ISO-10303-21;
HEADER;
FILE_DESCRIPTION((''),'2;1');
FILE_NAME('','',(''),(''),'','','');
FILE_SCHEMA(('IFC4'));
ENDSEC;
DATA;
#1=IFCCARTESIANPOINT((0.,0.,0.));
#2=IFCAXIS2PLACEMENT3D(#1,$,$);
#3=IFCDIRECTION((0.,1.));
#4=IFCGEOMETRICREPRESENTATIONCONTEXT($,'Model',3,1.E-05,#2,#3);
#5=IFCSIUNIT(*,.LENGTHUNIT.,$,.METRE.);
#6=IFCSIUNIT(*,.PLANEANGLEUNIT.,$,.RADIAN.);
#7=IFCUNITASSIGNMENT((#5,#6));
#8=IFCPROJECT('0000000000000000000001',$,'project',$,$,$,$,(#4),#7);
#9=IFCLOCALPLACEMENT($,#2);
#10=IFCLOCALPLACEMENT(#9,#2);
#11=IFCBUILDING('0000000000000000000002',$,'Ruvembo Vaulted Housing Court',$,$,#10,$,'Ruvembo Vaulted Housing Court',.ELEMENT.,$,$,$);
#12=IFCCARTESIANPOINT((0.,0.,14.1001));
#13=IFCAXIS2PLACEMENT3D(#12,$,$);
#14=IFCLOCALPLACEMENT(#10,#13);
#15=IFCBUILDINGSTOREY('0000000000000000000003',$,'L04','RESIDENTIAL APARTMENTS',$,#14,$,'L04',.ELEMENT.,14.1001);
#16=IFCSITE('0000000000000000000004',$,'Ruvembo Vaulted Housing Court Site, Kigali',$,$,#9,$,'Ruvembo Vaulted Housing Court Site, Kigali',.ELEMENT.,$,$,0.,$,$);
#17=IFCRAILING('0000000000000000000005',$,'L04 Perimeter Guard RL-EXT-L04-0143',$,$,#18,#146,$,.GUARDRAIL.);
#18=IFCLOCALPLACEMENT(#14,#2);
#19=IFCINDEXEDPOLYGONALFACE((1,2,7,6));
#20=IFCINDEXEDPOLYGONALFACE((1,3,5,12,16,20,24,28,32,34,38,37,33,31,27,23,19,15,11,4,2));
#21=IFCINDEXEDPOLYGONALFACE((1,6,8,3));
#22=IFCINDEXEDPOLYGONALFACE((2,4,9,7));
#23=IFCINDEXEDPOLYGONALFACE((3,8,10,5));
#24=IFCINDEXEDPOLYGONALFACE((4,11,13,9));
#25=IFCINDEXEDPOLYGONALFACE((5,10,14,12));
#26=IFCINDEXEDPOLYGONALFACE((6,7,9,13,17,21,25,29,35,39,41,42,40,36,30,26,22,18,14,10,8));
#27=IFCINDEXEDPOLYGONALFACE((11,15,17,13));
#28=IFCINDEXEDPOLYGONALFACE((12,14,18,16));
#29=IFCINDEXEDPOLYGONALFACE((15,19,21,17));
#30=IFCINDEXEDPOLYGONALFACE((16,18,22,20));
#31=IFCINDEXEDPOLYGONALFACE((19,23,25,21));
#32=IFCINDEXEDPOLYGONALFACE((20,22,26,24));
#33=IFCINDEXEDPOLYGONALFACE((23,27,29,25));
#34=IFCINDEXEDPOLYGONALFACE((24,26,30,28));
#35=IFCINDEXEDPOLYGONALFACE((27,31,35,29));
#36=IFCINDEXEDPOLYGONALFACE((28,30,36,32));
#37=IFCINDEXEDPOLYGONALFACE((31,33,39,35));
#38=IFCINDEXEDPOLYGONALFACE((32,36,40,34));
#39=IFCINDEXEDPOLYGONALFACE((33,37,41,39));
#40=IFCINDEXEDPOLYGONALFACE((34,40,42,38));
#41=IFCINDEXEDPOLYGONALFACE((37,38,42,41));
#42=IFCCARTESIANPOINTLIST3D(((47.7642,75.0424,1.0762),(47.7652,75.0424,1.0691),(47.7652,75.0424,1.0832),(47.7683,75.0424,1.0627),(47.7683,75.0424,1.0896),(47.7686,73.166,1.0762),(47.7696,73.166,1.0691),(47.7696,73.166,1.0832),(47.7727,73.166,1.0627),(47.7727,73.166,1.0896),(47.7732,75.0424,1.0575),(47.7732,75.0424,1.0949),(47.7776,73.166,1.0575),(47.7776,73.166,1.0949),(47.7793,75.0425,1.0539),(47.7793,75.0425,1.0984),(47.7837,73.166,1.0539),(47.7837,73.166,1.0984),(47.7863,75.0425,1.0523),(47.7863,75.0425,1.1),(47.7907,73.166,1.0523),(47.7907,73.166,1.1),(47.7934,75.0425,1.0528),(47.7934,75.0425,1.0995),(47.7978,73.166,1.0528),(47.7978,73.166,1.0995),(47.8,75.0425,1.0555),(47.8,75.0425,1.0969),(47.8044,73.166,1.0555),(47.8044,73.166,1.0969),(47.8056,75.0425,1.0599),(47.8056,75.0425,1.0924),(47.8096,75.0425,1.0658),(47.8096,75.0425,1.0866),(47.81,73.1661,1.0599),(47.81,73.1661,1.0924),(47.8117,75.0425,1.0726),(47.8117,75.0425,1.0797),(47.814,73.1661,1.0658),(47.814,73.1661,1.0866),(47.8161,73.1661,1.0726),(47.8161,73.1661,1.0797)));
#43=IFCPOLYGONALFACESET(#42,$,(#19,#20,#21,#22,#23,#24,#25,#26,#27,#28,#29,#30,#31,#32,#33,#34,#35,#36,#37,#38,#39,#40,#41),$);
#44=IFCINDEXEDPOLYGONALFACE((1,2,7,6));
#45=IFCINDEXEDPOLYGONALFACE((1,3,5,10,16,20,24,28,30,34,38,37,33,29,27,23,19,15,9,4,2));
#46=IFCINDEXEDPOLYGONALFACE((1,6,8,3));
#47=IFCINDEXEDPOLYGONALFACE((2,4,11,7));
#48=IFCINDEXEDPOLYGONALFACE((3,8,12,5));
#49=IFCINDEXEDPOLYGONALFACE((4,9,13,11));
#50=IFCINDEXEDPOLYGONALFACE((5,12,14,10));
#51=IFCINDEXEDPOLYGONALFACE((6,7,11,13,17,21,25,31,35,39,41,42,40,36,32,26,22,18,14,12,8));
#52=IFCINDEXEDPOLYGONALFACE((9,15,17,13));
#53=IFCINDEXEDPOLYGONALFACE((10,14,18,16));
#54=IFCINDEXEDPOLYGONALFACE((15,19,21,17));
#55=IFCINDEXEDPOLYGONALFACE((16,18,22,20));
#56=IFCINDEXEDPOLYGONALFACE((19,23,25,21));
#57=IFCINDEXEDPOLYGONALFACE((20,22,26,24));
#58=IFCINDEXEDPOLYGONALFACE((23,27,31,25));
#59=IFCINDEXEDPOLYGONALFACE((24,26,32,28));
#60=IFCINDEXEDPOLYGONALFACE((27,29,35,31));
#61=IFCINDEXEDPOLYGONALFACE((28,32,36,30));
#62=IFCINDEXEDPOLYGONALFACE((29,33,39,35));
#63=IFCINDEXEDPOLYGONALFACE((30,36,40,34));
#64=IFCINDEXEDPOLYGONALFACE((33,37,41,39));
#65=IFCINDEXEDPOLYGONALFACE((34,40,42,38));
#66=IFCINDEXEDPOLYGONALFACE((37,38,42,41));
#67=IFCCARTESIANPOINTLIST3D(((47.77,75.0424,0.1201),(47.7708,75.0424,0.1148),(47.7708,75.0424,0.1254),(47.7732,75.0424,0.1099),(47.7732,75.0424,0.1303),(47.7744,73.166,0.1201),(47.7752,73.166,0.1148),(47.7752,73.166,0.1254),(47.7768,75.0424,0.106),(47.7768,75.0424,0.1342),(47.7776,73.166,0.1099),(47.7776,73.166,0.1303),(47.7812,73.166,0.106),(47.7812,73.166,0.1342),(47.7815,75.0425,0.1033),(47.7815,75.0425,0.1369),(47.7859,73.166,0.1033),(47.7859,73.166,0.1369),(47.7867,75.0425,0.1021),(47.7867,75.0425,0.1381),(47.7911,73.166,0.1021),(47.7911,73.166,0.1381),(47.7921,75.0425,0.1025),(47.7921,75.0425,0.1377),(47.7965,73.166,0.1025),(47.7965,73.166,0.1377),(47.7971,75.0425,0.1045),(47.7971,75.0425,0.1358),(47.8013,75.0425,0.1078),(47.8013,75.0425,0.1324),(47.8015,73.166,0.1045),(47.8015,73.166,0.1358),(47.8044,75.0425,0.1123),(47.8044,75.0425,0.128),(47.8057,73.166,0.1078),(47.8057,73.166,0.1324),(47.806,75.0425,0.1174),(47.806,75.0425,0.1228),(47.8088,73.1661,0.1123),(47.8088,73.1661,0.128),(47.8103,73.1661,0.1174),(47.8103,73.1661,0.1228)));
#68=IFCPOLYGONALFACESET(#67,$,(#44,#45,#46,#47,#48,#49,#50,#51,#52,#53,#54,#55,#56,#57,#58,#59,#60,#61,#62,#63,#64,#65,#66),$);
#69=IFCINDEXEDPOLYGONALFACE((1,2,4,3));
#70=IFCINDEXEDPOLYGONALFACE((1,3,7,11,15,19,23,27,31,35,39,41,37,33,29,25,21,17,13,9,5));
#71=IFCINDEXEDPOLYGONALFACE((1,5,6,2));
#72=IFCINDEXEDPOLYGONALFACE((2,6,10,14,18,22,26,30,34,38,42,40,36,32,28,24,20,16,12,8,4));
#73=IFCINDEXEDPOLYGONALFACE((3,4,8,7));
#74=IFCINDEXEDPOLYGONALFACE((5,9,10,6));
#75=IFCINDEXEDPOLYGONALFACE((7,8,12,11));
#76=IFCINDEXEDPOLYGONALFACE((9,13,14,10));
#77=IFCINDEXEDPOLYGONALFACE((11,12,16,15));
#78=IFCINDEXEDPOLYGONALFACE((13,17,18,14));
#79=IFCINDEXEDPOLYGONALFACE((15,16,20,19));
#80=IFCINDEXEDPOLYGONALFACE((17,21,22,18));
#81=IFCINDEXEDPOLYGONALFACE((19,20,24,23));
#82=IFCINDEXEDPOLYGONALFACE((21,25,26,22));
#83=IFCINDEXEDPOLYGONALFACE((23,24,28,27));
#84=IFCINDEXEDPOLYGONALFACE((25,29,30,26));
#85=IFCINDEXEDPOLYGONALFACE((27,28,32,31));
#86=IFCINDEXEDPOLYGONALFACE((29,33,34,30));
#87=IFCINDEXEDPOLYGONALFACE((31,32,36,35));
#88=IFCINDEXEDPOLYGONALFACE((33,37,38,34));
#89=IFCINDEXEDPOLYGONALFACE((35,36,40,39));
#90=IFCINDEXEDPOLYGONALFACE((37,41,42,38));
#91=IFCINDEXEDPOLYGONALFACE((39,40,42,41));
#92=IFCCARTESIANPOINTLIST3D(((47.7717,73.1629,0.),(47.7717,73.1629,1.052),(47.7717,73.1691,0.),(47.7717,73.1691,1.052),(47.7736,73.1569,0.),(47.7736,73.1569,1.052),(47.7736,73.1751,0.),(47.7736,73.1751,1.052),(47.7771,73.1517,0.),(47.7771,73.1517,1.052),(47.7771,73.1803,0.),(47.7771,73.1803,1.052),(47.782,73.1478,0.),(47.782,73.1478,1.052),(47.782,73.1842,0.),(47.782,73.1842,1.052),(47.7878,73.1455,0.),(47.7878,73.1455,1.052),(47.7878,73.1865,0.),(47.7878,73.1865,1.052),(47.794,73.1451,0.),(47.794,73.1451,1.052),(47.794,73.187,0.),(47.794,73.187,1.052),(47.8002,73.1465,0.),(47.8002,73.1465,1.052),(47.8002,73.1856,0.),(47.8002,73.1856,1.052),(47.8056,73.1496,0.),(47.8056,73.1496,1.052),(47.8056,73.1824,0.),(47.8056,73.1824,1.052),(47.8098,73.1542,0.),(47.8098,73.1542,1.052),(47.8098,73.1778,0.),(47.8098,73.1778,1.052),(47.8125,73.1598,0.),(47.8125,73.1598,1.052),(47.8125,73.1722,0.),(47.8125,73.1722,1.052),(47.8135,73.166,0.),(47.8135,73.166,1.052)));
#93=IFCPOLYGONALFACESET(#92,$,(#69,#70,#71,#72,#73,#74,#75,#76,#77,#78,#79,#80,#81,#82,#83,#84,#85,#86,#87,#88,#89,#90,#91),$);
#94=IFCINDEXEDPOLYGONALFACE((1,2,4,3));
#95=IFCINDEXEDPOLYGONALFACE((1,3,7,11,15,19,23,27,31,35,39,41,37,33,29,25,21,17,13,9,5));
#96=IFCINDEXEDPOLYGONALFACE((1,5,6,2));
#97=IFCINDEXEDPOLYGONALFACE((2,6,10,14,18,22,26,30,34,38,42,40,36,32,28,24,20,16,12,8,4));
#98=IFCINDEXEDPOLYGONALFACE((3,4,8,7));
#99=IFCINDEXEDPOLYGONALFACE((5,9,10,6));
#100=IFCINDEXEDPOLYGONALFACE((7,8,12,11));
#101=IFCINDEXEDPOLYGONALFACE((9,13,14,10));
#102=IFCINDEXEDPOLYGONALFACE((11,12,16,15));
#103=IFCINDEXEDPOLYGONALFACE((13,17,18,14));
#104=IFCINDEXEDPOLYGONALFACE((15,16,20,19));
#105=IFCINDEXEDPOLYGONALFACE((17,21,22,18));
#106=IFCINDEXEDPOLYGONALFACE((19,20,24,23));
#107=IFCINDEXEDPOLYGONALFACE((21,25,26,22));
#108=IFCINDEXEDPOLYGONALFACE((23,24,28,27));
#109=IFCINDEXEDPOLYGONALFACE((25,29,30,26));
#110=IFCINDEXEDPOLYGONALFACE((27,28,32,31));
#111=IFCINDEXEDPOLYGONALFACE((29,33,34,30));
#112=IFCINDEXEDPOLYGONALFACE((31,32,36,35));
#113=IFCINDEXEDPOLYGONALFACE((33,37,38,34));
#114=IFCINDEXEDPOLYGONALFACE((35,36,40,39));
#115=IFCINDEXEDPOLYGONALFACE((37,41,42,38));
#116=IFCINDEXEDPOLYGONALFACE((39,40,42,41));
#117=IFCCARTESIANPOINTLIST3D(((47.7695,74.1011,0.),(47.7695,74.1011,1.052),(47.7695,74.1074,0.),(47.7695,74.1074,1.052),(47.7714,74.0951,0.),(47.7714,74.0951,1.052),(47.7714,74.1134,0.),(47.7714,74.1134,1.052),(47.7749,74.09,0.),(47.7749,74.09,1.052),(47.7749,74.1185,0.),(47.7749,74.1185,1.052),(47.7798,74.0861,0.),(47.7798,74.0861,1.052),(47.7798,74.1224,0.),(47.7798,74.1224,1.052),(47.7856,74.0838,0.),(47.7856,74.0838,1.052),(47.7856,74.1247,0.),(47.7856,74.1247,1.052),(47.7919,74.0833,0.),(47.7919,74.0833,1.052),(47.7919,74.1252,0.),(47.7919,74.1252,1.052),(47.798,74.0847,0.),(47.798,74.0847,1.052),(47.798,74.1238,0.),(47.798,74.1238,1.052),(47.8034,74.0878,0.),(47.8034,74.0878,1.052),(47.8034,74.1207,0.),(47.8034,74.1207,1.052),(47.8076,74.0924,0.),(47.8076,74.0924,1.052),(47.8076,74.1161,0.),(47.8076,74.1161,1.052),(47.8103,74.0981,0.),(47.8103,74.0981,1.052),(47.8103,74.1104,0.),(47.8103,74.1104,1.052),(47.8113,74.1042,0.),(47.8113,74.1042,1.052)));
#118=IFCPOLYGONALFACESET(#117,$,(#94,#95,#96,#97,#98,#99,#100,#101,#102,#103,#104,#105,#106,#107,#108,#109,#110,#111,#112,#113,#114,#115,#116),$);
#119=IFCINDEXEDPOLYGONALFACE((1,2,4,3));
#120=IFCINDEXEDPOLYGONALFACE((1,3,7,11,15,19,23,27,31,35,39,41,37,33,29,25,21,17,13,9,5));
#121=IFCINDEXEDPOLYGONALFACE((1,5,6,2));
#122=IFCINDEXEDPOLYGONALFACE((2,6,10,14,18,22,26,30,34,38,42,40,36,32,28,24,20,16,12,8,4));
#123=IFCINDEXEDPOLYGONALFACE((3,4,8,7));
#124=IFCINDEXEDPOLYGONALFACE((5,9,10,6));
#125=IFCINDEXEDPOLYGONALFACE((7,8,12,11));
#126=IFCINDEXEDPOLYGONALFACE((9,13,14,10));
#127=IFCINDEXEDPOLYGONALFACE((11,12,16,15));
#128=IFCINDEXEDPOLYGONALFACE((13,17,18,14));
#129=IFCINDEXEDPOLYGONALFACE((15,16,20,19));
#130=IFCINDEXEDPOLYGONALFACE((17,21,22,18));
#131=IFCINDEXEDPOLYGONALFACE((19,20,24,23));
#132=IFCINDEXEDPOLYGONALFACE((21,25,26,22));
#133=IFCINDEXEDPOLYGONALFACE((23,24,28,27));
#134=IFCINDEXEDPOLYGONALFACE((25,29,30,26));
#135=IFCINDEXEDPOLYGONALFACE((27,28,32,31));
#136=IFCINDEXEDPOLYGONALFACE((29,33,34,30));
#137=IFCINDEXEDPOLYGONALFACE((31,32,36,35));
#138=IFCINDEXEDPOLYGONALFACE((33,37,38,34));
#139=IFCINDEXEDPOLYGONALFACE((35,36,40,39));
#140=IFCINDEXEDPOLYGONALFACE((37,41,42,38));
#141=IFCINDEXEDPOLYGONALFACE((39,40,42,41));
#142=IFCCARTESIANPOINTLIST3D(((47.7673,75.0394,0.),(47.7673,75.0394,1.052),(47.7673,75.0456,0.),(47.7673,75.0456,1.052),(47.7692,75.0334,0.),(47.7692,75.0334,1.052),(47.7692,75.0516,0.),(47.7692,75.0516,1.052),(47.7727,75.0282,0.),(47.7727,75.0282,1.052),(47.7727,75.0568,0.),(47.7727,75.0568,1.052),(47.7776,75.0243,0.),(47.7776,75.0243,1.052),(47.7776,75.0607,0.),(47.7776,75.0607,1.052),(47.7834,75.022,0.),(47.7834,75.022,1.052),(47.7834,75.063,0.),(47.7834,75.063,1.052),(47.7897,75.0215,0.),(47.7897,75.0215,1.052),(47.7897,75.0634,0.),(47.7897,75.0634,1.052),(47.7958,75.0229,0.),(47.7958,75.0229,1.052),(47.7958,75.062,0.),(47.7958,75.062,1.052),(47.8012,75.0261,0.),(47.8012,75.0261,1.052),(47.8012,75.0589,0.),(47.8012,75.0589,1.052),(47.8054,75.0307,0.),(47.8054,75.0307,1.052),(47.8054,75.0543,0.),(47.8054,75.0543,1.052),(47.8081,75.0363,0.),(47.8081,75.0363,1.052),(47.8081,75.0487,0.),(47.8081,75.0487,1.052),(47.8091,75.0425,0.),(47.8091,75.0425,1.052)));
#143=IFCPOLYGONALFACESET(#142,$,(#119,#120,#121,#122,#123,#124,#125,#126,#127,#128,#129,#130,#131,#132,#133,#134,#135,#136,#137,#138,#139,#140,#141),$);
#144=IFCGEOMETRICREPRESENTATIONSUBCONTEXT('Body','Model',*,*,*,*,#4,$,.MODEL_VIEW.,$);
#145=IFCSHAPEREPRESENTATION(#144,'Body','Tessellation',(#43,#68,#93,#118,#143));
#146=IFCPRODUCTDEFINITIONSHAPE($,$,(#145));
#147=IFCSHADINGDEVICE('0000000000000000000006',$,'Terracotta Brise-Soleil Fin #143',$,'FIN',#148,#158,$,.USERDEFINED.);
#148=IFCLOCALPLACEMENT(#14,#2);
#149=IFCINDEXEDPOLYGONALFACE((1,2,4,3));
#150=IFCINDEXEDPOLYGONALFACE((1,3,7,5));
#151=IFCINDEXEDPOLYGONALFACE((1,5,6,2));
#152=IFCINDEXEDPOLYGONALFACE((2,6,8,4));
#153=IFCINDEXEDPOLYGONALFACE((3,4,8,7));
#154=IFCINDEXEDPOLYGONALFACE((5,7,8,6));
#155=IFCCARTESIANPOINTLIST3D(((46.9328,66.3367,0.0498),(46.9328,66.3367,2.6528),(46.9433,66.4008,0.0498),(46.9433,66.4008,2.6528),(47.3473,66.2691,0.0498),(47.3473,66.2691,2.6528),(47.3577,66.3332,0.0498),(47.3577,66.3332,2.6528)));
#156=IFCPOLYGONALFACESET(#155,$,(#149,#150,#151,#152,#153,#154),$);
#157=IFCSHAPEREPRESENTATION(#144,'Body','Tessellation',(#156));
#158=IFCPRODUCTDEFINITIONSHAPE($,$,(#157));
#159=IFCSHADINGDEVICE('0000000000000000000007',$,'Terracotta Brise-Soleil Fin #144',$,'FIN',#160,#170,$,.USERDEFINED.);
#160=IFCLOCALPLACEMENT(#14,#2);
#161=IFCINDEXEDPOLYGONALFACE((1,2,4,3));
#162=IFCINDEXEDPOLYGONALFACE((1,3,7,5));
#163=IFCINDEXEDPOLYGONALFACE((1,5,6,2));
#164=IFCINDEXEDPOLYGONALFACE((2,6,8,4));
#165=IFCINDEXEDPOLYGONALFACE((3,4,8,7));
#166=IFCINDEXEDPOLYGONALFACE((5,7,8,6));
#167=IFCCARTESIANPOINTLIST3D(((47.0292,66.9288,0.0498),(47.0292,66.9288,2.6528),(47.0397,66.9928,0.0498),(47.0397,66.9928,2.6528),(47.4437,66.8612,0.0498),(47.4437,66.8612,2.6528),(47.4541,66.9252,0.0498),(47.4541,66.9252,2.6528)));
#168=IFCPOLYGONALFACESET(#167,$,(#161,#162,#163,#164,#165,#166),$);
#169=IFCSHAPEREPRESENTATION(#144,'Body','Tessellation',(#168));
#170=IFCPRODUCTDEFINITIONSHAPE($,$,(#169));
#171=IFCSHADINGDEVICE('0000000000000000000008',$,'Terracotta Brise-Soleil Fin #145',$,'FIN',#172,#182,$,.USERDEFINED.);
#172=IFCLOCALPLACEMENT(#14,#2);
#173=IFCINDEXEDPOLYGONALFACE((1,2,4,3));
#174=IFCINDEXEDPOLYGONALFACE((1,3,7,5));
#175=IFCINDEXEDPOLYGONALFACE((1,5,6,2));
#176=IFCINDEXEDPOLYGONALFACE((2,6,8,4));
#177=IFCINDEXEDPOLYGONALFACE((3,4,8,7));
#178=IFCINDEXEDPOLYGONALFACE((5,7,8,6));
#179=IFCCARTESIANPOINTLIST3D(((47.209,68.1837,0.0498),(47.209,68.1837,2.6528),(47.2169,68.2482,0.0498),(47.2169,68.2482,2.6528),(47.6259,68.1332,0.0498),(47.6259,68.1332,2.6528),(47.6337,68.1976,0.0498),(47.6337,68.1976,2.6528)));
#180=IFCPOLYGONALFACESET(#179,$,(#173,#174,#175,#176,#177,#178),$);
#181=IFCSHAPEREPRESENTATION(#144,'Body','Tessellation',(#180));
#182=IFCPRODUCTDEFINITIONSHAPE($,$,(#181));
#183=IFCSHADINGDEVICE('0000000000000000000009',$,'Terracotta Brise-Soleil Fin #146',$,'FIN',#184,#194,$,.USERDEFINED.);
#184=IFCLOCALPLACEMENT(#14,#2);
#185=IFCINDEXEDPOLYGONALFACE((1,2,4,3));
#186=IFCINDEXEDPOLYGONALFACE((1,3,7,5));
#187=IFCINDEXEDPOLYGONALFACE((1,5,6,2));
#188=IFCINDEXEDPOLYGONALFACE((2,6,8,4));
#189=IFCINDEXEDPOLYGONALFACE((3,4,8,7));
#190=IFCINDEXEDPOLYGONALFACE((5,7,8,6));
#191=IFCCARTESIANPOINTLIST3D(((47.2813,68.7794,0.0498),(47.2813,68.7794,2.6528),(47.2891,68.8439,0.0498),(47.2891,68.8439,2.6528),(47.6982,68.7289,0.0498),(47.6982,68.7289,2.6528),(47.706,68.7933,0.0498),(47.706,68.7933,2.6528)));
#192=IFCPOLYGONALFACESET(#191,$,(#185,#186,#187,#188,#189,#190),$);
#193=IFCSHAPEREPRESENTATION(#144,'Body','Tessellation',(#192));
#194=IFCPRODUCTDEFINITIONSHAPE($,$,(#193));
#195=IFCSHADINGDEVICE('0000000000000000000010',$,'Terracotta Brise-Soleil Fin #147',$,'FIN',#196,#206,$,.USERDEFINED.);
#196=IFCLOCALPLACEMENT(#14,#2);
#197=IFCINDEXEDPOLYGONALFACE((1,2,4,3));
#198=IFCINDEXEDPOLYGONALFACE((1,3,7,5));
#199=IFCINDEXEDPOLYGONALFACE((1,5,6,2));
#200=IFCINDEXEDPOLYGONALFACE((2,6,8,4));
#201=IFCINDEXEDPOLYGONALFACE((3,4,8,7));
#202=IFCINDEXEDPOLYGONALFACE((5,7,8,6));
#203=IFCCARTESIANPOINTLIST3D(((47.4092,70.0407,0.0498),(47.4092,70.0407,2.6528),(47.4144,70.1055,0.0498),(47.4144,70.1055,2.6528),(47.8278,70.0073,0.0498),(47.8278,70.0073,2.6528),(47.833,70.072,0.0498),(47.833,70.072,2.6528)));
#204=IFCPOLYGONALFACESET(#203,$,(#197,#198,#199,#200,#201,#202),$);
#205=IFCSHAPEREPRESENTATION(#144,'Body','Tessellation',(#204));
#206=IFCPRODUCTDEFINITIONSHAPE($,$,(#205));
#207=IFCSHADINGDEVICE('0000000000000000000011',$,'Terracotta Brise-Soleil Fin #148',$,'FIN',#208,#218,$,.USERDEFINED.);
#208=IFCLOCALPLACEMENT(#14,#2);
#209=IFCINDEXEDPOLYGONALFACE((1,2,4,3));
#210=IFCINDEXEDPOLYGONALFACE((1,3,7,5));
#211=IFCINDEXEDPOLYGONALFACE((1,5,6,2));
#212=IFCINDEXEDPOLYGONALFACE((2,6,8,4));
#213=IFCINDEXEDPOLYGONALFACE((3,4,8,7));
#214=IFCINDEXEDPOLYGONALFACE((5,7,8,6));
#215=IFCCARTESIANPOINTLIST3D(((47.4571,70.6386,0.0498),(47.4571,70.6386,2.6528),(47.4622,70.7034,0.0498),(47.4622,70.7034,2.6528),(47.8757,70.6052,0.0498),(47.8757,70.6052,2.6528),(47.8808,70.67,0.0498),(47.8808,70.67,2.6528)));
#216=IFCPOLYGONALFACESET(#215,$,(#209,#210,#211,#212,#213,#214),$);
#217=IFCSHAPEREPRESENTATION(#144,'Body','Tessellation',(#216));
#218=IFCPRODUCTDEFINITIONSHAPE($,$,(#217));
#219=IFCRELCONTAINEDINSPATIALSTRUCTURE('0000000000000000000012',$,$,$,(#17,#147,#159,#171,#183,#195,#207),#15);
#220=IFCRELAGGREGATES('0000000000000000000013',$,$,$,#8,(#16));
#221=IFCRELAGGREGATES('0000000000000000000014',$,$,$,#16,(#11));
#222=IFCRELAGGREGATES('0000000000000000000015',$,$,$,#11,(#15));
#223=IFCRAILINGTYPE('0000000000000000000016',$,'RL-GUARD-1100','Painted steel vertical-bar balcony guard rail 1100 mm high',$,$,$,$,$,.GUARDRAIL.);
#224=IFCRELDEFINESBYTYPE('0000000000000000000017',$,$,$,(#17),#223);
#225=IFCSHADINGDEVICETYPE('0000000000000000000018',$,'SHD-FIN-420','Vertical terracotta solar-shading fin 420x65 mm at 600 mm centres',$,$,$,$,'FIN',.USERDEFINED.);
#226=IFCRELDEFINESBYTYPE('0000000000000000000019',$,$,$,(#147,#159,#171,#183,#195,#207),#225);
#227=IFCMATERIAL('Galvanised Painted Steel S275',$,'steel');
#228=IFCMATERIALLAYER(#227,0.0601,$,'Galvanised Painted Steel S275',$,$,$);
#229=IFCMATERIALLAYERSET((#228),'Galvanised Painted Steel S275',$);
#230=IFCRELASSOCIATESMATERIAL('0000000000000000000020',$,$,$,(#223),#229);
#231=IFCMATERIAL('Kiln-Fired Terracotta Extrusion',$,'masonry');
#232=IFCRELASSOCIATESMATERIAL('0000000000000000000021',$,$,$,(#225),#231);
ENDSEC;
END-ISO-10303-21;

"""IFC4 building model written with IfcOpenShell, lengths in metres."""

from ifc_helpers import new_model, si_unit, direction, frame, origin, origin_2d, place, context, subcontext, project, spatial, rectangle, circle, extrude, material, layer, layer_set, type_object, element, save


model = new_model("IFC4")

# Units and contexts
model_context = context("Model", 3, precision=1e-05, world=origin(), true_north=direction((0.0, 1.0)))
body_context = subcontext(model_context, "Body", "Model", "MODEL_VIEW")
ifc_project = project(units=[si_unit("LENGTHUNIT", "METRE"), si_unit("PLANEANGLEUNIT", "RADIAN")], contexts=[model_context])

# Site, building, storey
site_placement = place(None, origin())
site = spatial("IfcSite", under=ifc_project, at=site_placement, Name="Ruvembo Vaulted Housing Court Site, Kigali", LongName="Ruvembo Vaulted Housing Court Site, Kigali", CompositionType="ELEMENT", RefElevation=0.0)
building_placement = place(site_placement, origin())
building = spatial("IfcBuilding", under=site, at=building_placement, Name="Ruvembo Vaulted Housing Court", LongName="Ruvembo Vaulted Housing Court", CompositionType="ELEMENT")
storey_placement = place(building_placement, frame((0.0, 0.0, 14.1001)))
storey = spatial("IfcBuildingStorey", under=building, at=storey_placement, Name="L04", Description="RESIDENTIAL APARTMENTS", LongName="L04", CompositionType="ELEMENT", Elevation=14.1001)

# Railing
ifc_material_1 = material(Name="Galvanised Painted Steel S275", Category="steel")
ifc_layer = layer(ifc_material_1, 0.0601, Name="Galvanised Painted Steel S275")
ifc_layer_set = layer_set([ifc_layer], Name="Galvanised Painted Steel S275")
railing_type = type_object("IfcRailingType", Name="RL-GUARD-1100", Description="Painted steel vertical-bar balcony guard rail 1100 mm high", PredefinedType="GUARDRAIL", material=ifc_layer_set)
railing_1_placement = place(storey_placement, frame((47.7925, 73.166, 0.0)))
element("IfcRailing", 1, at=railing_1_placement, inside=storey, type_object=railing_type, Name="L04 Perimeter Guard RL-EXT-L04-0143", PredefinedType="GUARDRAIL", context=body_context, shape_type="SweptSolid", body=[
    extrude(circle(Radius=0.0239, at=origin_2d()), frame((0.0, 0.0, 1.0762), z_axis=(-0.002342, 0.999997, 0.0), x_axis=(-0.999997, -0.002342, 0.0)), (0.0, 0.0, 1.0), 1.8765),
    extrude(circle(Radius=0.0181, at=origin_2d()), frame((0.0, 0.0, 0.1201), z_axis=(-0.002342, 0.999997, 0.0), x_axis=(-0.999997, -0.002342, 0.0)), (0.0, 0.0, 1.0), 1.8765),
    extrude(circle(Radius=0.021, at=origin_2d()), origin(), (0.0, 0.0, 1.0), 1.052),
    extrude(circle(Radius=0.021, at=origin_2d()), frame((-0.0022, 0.9382, 0.0)), (0.0, 0.0, 1.0), 1.052),
    extrude(circle(Radius=0.021, at=origin_2d()), frame((-0.0044, 1.8765, 0.0)), (0.0, 0.0, 1.0), 1.052),
])

# Shading devices
ifc_material_2 = material(Name="Kiln-Fired Terracotta Extrusion", Category="masonry")
shading_device_type = type_object("IfcShadingDeviceType", Name="SHD-FIN-420", Description="Vertical terracotta solar-shading fin 420x65 mm at 600 mm centres", ElementType="FIN", PredefinedType="USERDEFINED", material=ifc_material_2)
for number, where, z_axis, x_axis, name in (
    (2, (47.1453, 66.335, 0.0498), (0.0, 0.0, 1.0), (0.986957, -0.160984, 0.0), "Terracotta Brise-Soleil Fin #143"),
    (3, (47.2417, 66.927, 0.0498), (0.0, 0.0, 1.0), (0.986957, -0.160984, 0.0), "Terracotta Brise-Soleil Fin #144"),
    (4, (47.4214, 68.1907, 0.0498), (0.0, 0.0, 1.0), (0.992734, -0.120327, 0.0), "Terracotta Brise-Soleil Fin #145"),
    (5, (47.4937, 68.7864, 0.0498), (0.0, 0.0, 1.0), (0.992734, -0.120327, 0.0), "Terracotta Brise-Soleil Fin #146"),
    (6, (47.6211, 70.0564, 0.0498), (0.0, 0.0, 1.0), (0.996826, -0.079607, 0.0), "Terracotta Brise-Soleil Fin #147"),
    (7, (47.6689, 70.6543, 0.0498), (0.0, 0.0, 1.0), (0.996826, -0.079607, 0.0), "Terracotta Brise-Soleil Fin #148"),
):
    element("IfcShadingDevice", number, at=place(storey_placement, frame(where, z_axis=z_axis, x_axis=x_axis)), inside=storey, type_object=shading_device_type, Name=name, ObjectType="FIN", PredefinedType="USERDEFINED", context=body_context, shape_type="SweptSolid", body=[
        extrude(rectangle(XDim=0.4199, YDim=0.0649, at=origin_2d()), origin(), (0.0, 0.0, 1.0), 2.603),
    ])

save(model, "model.ifc")
